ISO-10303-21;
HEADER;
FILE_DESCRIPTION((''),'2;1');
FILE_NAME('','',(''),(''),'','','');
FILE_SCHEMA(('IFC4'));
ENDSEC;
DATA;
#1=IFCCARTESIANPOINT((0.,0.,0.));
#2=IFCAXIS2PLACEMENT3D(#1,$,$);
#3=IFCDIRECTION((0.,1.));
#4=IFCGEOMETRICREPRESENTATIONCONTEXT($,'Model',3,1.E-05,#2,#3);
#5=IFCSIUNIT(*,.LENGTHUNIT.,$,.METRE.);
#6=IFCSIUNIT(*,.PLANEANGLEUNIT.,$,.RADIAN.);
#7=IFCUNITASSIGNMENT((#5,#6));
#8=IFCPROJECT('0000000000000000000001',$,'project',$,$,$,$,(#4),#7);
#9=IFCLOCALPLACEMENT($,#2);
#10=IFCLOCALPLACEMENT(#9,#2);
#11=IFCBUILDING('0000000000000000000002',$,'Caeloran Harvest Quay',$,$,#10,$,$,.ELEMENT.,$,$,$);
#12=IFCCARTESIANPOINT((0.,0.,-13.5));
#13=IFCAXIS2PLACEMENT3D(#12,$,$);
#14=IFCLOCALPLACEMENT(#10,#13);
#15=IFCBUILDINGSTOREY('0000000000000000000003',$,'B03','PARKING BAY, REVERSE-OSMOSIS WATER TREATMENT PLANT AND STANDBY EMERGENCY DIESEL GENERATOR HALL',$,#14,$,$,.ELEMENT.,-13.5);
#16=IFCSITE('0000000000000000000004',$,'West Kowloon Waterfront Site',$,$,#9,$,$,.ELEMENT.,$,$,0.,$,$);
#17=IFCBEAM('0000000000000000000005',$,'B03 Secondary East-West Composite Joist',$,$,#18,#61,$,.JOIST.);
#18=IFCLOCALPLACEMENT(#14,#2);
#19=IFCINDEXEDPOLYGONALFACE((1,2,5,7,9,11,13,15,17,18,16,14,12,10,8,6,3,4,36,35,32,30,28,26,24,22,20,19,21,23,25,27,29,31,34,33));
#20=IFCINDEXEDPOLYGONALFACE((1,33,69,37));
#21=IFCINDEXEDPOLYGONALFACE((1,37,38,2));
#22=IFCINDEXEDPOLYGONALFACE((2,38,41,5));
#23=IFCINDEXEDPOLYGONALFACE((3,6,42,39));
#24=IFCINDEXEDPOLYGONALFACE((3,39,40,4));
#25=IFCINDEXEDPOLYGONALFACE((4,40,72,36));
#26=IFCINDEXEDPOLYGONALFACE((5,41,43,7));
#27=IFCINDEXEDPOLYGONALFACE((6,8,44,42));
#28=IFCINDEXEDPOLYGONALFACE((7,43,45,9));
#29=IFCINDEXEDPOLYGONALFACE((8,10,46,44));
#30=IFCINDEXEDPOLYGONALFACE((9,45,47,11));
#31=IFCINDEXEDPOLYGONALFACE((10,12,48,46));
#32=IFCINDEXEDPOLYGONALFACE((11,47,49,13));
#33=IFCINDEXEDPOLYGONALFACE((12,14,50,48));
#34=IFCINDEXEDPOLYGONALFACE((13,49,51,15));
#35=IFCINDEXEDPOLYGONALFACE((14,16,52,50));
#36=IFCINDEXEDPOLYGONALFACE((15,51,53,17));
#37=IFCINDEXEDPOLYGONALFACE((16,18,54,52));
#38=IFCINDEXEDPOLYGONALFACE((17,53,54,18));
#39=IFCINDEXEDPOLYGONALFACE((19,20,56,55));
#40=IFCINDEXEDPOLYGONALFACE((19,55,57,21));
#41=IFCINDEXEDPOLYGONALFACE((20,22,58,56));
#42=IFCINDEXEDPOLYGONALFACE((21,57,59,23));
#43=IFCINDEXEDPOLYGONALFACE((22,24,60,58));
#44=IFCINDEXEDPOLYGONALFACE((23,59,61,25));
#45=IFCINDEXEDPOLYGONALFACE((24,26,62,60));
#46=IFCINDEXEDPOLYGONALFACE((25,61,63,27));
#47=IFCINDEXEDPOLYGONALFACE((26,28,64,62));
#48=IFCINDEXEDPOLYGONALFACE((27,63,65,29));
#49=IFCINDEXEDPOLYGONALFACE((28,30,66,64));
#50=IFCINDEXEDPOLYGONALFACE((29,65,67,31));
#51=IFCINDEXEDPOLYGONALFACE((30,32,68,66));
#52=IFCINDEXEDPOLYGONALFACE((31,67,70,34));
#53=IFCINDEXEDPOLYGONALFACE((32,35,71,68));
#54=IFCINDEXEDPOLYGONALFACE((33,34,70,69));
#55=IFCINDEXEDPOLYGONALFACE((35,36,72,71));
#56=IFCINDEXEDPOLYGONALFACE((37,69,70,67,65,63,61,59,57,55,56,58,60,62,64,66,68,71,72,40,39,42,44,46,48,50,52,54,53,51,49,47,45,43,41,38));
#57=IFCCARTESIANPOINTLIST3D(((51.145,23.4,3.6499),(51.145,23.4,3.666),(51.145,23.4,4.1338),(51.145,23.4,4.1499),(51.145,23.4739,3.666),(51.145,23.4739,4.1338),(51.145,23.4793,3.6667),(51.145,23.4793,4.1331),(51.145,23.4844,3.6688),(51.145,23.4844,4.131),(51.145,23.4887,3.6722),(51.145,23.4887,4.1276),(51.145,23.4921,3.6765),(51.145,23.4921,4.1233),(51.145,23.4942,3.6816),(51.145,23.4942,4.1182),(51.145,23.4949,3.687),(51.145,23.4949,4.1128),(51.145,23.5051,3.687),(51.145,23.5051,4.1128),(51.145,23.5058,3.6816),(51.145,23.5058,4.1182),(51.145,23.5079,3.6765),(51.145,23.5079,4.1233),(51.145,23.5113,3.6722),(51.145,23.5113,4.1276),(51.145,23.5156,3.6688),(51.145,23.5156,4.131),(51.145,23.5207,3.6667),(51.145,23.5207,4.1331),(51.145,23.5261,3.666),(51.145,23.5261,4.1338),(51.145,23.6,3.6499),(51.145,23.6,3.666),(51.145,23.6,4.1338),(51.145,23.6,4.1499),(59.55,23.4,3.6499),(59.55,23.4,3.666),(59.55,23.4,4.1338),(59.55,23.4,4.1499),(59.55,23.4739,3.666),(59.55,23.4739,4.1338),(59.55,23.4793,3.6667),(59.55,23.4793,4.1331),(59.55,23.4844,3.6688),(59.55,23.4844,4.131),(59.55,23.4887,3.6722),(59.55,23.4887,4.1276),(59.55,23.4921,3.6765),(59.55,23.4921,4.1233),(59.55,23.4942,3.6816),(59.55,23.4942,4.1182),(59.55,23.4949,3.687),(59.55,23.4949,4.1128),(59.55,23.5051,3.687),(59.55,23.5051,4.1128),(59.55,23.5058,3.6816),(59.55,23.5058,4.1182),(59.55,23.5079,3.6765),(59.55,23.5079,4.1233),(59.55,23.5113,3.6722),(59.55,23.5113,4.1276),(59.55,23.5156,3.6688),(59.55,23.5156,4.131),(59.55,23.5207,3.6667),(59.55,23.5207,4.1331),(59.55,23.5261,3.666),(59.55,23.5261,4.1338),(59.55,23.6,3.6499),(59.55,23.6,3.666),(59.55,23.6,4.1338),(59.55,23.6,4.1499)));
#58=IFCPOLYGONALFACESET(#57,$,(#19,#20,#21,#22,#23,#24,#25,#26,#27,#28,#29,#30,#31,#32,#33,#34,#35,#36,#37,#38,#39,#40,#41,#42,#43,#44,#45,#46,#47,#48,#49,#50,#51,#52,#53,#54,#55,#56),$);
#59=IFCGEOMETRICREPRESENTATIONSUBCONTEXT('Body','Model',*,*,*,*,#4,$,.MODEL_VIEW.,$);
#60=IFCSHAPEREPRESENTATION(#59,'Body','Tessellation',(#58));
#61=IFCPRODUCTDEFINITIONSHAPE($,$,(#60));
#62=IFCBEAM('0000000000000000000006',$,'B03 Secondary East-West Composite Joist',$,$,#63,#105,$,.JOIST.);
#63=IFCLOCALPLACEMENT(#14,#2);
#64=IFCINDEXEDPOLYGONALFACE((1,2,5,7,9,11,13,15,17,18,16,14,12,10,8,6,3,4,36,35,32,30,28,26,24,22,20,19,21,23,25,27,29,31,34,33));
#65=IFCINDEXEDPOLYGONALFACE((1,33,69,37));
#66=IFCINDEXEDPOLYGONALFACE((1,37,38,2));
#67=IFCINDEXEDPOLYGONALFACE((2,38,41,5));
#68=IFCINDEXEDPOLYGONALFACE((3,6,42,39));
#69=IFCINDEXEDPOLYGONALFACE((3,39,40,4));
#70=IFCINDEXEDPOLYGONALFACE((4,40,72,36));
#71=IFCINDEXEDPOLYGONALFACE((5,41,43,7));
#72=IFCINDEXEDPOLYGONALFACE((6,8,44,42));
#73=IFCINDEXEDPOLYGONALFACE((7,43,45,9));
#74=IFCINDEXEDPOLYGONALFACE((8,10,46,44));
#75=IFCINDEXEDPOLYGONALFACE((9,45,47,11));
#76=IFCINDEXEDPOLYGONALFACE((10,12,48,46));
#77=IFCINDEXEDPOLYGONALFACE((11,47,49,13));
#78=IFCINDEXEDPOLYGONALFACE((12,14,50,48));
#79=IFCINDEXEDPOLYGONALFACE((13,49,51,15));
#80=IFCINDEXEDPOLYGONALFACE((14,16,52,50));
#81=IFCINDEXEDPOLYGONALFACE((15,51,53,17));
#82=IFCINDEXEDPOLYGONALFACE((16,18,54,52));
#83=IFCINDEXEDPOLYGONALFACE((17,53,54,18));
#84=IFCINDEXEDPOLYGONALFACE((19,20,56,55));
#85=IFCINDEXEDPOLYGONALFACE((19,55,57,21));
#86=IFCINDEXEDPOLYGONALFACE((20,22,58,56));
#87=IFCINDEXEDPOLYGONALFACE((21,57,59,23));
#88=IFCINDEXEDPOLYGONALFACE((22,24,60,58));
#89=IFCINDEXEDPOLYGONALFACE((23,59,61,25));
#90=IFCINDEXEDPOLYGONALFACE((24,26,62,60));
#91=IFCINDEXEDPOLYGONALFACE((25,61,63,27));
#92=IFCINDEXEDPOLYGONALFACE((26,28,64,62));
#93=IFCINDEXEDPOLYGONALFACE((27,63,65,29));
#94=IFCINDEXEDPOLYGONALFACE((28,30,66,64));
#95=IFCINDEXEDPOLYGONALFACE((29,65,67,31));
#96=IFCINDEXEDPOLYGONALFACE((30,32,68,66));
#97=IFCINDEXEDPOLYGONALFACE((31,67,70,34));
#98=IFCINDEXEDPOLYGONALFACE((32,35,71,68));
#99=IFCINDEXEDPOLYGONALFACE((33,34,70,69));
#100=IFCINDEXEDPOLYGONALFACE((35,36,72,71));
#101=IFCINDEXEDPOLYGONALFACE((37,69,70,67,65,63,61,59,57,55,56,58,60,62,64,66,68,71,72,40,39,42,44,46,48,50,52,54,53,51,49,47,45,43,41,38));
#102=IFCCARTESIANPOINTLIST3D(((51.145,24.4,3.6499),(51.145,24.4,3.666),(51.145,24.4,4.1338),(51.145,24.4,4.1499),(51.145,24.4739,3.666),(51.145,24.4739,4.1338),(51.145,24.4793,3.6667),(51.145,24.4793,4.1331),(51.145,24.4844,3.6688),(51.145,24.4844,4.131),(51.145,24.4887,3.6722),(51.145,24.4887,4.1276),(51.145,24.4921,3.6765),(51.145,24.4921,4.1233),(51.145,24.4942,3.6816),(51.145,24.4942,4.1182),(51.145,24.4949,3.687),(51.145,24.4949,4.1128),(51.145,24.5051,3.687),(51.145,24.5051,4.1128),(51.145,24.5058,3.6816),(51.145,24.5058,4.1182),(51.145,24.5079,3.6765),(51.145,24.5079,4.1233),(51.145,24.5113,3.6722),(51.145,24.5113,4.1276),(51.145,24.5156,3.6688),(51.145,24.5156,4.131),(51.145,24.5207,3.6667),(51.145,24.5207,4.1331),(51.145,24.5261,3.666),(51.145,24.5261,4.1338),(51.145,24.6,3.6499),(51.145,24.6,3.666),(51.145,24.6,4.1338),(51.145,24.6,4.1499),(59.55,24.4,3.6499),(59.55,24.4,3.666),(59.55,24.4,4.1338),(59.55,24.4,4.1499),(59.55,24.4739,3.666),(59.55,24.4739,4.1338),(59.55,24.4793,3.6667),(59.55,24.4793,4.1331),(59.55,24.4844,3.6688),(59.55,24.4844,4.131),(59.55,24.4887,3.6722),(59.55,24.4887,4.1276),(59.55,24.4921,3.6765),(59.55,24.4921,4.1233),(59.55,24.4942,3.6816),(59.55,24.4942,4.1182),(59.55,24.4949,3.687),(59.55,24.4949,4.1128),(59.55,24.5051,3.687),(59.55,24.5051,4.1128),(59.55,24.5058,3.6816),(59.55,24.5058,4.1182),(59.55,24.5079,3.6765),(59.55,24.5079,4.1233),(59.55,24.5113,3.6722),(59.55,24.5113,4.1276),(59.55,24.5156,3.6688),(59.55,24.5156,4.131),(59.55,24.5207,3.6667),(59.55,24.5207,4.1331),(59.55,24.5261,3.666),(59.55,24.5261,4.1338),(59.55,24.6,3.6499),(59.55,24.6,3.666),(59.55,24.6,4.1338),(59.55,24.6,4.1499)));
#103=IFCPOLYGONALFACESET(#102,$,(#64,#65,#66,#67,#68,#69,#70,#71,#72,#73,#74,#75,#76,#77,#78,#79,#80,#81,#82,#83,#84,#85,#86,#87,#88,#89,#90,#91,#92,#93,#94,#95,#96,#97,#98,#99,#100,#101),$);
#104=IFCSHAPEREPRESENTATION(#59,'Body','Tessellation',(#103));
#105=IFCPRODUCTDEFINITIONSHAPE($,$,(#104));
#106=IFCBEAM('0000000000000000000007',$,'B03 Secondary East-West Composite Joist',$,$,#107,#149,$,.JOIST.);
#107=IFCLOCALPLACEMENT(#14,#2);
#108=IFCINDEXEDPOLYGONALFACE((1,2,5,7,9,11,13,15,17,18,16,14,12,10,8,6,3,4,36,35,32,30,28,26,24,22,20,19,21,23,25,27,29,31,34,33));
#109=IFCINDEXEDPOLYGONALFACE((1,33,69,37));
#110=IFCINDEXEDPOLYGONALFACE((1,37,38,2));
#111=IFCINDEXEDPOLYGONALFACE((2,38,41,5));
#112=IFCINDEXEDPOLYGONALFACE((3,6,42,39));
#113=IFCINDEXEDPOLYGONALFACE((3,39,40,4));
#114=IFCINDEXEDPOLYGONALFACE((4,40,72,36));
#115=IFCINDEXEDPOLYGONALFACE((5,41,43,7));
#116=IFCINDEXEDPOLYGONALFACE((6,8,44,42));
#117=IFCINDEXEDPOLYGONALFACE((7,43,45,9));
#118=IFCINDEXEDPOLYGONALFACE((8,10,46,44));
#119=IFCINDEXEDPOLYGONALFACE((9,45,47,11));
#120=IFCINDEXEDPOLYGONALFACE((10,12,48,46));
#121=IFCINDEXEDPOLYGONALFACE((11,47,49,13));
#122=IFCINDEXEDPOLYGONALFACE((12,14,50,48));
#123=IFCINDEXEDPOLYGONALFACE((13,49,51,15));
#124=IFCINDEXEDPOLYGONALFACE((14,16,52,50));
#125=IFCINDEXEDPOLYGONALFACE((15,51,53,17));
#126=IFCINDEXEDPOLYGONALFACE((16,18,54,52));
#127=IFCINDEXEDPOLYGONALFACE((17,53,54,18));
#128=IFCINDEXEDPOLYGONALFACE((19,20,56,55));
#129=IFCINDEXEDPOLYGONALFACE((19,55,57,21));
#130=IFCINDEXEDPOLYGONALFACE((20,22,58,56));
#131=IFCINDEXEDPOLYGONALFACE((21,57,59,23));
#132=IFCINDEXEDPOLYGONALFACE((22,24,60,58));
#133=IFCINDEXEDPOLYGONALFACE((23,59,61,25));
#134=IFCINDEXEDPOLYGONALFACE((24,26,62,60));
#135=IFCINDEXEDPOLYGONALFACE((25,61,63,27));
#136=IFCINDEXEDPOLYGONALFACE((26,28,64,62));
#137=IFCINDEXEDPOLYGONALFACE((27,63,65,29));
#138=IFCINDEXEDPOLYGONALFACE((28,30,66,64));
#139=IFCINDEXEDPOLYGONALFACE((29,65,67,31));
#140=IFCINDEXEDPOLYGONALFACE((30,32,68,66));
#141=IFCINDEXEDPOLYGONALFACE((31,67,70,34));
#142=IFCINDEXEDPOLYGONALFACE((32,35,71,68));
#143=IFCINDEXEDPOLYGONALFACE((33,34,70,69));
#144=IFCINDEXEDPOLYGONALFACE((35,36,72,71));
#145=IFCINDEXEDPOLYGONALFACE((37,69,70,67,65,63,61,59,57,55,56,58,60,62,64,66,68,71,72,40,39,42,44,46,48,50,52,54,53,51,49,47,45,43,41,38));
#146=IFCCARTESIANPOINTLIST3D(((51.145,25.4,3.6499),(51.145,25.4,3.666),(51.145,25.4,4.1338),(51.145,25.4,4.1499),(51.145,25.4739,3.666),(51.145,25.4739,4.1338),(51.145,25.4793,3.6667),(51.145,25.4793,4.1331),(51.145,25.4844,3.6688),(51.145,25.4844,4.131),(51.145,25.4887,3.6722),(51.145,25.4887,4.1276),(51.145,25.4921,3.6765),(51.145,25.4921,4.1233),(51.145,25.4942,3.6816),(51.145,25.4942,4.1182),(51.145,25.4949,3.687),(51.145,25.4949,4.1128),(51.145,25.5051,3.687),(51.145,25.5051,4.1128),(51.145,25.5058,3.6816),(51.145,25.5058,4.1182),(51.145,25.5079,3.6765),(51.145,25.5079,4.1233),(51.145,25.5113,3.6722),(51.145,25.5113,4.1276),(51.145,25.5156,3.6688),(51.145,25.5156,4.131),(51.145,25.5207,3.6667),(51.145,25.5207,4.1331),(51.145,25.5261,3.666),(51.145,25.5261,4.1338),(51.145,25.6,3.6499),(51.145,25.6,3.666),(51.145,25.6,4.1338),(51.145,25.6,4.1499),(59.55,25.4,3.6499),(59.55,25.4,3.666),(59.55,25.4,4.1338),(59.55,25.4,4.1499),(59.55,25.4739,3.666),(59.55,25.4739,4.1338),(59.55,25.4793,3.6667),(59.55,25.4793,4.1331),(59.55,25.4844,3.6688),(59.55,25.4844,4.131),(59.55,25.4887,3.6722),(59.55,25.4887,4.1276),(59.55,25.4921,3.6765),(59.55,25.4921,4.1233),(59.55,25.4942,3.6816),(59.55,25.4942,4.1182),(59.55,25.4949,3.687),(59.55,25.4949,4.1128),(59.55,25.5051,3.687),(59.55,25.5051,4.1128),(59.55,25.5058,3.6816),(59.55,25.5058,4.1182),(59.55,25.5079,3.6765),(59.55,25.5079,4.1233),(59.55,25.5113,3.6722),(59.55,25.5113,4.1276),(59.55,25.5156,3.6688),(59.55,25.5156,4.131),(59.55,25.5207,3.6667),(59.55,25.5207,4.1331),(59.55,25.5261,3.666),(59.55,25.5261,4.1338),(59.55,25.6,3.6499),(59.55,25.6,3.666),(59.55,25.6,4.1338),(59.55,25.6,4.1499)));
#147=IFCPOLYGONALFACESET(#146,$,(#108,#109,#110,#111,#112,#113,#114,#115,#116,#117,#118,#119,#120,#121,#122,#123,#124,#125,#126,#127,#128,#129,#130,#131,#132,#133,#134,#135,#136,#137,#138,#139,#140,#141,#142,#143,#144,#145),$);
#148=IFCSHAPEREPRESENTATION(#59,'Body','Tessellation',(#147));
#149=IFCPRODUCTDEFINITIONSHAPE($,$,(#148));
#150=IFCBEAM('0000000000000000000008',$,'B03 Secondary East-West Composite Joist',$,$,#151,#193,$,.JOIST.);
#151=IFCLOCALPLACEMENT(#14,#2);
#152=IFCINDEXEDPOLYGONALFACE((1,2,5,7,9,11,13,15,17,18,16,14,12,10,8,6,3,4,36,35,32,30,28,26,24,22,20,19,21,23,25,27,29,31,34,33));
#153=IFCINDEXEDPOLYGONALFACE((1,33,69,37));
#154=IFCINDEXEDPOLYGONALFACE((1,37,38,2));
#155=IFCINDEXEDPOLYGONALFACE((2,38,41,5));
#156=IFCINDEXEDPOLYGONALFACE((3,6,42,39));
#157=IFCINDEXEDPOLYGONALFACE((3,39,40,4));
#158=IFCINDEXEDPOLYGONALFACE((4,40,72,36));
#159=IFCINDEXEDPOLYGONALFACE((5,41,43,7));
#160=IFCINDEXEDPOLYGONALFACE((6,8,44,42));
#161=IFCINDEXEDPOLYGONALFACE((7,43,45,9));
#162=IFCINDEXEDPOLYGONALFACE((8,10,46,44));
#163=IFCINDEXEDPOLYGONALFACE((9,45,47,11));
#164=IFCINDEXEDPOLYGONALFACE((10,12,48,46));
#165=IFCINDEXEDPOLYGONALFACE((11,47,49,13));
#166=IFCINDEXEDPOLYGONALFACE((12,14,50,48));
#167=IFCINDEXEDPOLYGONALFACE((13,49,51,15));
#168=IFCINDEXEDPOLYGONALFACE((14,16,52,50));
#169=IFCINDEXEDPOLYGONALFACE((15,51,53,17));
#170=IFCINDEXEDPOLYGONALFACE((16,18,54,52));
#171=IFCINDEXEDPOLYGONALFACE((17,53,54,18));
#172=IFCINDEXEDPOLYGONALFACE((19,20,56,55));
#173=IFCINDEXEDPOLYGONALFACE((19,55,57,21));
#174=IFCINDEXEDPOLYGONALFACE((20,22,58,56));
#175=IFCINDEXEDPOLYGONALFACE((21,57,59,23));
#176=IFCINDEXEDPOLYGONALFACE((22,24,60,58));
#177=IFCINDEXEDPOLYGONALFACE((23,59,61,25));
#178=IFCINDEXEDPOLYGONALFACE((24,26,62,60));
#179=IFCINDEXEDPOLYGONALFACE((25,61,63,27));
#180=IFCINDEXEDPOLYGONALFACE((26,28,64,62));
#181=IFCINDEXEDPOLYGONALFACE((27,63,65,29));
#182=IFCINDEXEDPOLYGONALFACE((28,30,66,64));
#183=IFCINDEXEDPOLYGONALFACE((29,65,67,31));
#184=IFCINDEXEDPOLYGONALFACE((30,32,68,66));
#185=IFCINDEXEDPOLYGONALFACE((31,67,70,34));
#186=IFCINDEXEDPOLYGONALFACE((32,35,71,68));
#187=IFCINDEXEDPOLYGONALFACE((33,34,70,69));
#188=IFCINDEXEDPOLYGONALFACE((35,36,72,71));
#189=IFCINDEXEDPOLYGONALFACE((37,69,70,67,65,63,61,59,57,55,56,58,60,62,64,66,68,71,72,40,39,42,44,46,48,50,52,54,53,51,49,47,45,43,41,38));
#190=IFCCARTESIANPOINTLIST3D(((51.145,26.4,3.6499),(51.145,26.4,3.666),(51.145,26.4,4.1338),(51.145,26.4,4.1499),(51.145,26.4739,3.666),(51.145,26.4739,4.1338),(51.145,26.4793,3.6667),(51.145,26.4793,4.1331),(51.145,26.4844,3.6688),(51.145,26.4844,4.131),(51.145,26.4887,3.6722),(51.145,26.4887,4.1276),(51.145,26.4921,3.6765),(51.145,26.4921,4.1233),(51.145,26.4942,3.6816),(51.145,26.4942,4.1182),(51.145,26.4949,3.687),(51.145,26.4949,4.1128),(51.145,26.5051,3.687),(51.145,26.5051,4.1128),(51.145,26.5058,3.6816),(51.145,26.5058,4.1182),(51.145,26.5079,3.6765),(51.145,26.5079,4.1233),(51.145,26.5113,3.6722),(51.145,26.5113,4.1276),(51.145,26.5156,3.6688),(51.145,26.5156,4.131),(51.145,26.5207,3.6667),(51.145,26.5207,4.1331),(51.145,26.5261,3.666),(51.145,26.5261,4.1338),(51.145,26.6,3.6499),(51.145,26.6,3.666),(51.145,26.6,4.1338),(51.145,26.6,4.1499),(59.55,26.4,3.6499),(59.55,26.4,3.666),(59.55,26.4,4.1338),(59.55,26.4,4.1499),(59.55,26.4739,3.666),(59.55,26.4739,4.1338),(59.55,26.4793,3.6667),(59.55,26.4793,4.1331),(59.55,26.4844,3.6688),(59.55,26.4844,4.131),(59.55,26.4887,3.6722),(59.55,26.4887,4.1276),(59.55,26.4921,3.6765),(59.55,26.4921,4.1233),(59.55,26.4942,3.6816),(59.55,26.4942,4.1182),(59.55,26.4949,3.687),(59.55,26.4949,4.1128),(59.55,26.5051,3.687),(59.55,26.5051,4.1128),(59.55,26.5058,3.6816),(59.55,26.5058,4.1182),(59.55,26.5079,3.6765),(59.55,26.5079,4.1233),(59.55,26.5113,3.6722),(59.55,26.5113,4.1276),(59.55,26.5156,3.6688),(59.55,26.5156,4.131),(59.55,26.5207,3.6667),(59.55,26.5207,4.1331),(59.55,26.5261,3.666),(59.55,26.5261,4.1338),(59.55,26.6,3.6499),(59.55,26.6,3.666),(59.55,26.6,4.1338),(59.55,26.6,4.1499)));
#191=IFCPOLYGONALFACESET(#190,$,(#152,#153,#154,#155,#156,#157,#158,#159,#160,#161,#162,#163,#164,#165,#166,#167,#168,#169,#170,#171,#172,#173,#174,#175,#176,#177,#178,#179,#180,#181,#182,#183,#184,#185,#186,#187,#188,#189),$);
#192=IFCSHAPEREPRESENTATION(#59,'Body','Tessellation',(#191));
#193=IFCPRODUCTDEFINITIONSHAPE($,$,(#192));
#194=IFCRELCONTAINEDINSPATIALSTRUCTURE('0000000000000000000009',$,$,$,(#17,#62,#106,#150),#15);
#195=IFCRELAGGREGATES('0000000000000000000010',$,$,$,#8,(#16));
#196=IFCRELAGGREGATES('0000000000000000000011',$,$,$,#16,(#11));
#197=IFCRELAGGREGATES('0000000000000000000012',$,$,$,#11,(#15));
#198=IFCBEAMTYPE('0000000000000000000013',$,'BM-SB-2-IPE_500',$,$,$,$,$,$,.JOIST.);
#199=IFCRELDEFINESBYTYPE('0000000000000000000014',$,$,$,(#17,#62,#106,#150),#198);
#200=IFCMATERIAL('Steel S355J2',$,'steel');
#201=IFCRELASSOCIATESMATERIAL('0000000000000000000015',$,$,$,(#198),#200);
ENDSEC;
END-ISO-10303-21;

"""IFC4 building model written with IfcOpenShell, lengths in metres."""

from ifc_helpers import new_model, si_unit, direction, frame, origin, origin_2d, place, context, subcontext, project, spatial, i_section, extrude, material, material_profile, profile_set, type_object, element, save


model = new_model("IFC4")

# Units and contexts
model_context = context("Model", 3, precision=1e-05, world=origin(), true_north=direction((0.0, 1.0)))
body_context = subcontext(model_context, "Body", "Model", "MODEL_VIEW")
ifc_project = project(units=[si_unit("LENGTHUNIT", "METRE"), si_unit("PLANEANGLEUNIT", "RADIAN")], contexts=[model_context])

# Site, building, storey
site_placement = place(None, origin())
site = spatial("IfcSite", under=ifc_project, at=site_placement, Name="West Kowloon Waterfront Site", CompositionType="ELEMENT", RefElevation=0.0)
building_placement = place(site_placement, origin())
building = spatial("IfcBuilding", under=site, at=building_placement, Name="Caeloran Harvest Quay", CompositionType="ELEMENT")
storey_placement = place(building_placement, frame((0.0, 0.0, -13.5)))
storey = spatial("IfcBuildingStorey", under=building, at=storey_placement, Name="B03", Description="PARKING BAY, REVERSE-OSMOSIS WATER TREATMENT PLANT AND STANDBY EMERGENCY DIESEL GENERATOR HALL", CompositionType="ELEMENT", Elevation=-13.5)

# Beams
ifc_material_1 = material(Name="Steel S355J2", Category="steel")
ifc_material_profile_1 = material_profile(ifc_material_1, i_section(OverallWidth=0.2, OverallDepth=0.5, WebThickness=0.0103, FlangeThickness=0.0161, FilletRadius=0.021, at=origin_2d()), Name="IPE 500")
ifc_profile_set_1 = profile_set([ifc_material_profile_1], Name="Steel S355J2")
beam_type_1 = type_object("IfcBeamType", Name="BM-SB-2-IPE_500", PredefinedType="JOIST", material=ifc_profile_set_1)
for number, where, z_axis, x_axis, name in (
    (1, (51.145, 23.5, 3.8999), (1.0, 0.0, 0.0), (0.0, 1.0, 0.0), "B03 Secondary East-West Composite Joist"),
    (2, (51.145, 24.5, 3.8999), (1.0, 0.0, 0.0), (0.0, 1.0, 0.0), "B03 Secondary East-West Composite Joist"),
    (3, (51.145, 25.5, 3.8999), (1.0, 0.0, 0.0), (0.0, 1.0, 0.0), "B03 Secondary East-West Composite Joist"),
    (4, (51.145, 26.5, 3.8999), (1.0, 0.0, 0.0), (0.0, 1.0, 0.0), "B03 Secondary East-West Composite Joist"),
):
    element("IfcBeam", number, at=place(storey_placement, frame(where, z_axis=z_axis, x_axis=x_axis)), inside=storey, type_object=beam_type_1, Name=name, PredefinedType="JOIST", context=body_context, shape_type="SweptSolid", body=[
        extrude(i_section(OverallWidth=0.2, OverallDepth=0.5, WebThickness=0.0103, FlangeThickness=0.0161, FilletRadius=0.021, at=origin_2d()), origin(), (0.0, 0.0, 1.0), 8.405),
    ])

save(model, "model.ifc")
